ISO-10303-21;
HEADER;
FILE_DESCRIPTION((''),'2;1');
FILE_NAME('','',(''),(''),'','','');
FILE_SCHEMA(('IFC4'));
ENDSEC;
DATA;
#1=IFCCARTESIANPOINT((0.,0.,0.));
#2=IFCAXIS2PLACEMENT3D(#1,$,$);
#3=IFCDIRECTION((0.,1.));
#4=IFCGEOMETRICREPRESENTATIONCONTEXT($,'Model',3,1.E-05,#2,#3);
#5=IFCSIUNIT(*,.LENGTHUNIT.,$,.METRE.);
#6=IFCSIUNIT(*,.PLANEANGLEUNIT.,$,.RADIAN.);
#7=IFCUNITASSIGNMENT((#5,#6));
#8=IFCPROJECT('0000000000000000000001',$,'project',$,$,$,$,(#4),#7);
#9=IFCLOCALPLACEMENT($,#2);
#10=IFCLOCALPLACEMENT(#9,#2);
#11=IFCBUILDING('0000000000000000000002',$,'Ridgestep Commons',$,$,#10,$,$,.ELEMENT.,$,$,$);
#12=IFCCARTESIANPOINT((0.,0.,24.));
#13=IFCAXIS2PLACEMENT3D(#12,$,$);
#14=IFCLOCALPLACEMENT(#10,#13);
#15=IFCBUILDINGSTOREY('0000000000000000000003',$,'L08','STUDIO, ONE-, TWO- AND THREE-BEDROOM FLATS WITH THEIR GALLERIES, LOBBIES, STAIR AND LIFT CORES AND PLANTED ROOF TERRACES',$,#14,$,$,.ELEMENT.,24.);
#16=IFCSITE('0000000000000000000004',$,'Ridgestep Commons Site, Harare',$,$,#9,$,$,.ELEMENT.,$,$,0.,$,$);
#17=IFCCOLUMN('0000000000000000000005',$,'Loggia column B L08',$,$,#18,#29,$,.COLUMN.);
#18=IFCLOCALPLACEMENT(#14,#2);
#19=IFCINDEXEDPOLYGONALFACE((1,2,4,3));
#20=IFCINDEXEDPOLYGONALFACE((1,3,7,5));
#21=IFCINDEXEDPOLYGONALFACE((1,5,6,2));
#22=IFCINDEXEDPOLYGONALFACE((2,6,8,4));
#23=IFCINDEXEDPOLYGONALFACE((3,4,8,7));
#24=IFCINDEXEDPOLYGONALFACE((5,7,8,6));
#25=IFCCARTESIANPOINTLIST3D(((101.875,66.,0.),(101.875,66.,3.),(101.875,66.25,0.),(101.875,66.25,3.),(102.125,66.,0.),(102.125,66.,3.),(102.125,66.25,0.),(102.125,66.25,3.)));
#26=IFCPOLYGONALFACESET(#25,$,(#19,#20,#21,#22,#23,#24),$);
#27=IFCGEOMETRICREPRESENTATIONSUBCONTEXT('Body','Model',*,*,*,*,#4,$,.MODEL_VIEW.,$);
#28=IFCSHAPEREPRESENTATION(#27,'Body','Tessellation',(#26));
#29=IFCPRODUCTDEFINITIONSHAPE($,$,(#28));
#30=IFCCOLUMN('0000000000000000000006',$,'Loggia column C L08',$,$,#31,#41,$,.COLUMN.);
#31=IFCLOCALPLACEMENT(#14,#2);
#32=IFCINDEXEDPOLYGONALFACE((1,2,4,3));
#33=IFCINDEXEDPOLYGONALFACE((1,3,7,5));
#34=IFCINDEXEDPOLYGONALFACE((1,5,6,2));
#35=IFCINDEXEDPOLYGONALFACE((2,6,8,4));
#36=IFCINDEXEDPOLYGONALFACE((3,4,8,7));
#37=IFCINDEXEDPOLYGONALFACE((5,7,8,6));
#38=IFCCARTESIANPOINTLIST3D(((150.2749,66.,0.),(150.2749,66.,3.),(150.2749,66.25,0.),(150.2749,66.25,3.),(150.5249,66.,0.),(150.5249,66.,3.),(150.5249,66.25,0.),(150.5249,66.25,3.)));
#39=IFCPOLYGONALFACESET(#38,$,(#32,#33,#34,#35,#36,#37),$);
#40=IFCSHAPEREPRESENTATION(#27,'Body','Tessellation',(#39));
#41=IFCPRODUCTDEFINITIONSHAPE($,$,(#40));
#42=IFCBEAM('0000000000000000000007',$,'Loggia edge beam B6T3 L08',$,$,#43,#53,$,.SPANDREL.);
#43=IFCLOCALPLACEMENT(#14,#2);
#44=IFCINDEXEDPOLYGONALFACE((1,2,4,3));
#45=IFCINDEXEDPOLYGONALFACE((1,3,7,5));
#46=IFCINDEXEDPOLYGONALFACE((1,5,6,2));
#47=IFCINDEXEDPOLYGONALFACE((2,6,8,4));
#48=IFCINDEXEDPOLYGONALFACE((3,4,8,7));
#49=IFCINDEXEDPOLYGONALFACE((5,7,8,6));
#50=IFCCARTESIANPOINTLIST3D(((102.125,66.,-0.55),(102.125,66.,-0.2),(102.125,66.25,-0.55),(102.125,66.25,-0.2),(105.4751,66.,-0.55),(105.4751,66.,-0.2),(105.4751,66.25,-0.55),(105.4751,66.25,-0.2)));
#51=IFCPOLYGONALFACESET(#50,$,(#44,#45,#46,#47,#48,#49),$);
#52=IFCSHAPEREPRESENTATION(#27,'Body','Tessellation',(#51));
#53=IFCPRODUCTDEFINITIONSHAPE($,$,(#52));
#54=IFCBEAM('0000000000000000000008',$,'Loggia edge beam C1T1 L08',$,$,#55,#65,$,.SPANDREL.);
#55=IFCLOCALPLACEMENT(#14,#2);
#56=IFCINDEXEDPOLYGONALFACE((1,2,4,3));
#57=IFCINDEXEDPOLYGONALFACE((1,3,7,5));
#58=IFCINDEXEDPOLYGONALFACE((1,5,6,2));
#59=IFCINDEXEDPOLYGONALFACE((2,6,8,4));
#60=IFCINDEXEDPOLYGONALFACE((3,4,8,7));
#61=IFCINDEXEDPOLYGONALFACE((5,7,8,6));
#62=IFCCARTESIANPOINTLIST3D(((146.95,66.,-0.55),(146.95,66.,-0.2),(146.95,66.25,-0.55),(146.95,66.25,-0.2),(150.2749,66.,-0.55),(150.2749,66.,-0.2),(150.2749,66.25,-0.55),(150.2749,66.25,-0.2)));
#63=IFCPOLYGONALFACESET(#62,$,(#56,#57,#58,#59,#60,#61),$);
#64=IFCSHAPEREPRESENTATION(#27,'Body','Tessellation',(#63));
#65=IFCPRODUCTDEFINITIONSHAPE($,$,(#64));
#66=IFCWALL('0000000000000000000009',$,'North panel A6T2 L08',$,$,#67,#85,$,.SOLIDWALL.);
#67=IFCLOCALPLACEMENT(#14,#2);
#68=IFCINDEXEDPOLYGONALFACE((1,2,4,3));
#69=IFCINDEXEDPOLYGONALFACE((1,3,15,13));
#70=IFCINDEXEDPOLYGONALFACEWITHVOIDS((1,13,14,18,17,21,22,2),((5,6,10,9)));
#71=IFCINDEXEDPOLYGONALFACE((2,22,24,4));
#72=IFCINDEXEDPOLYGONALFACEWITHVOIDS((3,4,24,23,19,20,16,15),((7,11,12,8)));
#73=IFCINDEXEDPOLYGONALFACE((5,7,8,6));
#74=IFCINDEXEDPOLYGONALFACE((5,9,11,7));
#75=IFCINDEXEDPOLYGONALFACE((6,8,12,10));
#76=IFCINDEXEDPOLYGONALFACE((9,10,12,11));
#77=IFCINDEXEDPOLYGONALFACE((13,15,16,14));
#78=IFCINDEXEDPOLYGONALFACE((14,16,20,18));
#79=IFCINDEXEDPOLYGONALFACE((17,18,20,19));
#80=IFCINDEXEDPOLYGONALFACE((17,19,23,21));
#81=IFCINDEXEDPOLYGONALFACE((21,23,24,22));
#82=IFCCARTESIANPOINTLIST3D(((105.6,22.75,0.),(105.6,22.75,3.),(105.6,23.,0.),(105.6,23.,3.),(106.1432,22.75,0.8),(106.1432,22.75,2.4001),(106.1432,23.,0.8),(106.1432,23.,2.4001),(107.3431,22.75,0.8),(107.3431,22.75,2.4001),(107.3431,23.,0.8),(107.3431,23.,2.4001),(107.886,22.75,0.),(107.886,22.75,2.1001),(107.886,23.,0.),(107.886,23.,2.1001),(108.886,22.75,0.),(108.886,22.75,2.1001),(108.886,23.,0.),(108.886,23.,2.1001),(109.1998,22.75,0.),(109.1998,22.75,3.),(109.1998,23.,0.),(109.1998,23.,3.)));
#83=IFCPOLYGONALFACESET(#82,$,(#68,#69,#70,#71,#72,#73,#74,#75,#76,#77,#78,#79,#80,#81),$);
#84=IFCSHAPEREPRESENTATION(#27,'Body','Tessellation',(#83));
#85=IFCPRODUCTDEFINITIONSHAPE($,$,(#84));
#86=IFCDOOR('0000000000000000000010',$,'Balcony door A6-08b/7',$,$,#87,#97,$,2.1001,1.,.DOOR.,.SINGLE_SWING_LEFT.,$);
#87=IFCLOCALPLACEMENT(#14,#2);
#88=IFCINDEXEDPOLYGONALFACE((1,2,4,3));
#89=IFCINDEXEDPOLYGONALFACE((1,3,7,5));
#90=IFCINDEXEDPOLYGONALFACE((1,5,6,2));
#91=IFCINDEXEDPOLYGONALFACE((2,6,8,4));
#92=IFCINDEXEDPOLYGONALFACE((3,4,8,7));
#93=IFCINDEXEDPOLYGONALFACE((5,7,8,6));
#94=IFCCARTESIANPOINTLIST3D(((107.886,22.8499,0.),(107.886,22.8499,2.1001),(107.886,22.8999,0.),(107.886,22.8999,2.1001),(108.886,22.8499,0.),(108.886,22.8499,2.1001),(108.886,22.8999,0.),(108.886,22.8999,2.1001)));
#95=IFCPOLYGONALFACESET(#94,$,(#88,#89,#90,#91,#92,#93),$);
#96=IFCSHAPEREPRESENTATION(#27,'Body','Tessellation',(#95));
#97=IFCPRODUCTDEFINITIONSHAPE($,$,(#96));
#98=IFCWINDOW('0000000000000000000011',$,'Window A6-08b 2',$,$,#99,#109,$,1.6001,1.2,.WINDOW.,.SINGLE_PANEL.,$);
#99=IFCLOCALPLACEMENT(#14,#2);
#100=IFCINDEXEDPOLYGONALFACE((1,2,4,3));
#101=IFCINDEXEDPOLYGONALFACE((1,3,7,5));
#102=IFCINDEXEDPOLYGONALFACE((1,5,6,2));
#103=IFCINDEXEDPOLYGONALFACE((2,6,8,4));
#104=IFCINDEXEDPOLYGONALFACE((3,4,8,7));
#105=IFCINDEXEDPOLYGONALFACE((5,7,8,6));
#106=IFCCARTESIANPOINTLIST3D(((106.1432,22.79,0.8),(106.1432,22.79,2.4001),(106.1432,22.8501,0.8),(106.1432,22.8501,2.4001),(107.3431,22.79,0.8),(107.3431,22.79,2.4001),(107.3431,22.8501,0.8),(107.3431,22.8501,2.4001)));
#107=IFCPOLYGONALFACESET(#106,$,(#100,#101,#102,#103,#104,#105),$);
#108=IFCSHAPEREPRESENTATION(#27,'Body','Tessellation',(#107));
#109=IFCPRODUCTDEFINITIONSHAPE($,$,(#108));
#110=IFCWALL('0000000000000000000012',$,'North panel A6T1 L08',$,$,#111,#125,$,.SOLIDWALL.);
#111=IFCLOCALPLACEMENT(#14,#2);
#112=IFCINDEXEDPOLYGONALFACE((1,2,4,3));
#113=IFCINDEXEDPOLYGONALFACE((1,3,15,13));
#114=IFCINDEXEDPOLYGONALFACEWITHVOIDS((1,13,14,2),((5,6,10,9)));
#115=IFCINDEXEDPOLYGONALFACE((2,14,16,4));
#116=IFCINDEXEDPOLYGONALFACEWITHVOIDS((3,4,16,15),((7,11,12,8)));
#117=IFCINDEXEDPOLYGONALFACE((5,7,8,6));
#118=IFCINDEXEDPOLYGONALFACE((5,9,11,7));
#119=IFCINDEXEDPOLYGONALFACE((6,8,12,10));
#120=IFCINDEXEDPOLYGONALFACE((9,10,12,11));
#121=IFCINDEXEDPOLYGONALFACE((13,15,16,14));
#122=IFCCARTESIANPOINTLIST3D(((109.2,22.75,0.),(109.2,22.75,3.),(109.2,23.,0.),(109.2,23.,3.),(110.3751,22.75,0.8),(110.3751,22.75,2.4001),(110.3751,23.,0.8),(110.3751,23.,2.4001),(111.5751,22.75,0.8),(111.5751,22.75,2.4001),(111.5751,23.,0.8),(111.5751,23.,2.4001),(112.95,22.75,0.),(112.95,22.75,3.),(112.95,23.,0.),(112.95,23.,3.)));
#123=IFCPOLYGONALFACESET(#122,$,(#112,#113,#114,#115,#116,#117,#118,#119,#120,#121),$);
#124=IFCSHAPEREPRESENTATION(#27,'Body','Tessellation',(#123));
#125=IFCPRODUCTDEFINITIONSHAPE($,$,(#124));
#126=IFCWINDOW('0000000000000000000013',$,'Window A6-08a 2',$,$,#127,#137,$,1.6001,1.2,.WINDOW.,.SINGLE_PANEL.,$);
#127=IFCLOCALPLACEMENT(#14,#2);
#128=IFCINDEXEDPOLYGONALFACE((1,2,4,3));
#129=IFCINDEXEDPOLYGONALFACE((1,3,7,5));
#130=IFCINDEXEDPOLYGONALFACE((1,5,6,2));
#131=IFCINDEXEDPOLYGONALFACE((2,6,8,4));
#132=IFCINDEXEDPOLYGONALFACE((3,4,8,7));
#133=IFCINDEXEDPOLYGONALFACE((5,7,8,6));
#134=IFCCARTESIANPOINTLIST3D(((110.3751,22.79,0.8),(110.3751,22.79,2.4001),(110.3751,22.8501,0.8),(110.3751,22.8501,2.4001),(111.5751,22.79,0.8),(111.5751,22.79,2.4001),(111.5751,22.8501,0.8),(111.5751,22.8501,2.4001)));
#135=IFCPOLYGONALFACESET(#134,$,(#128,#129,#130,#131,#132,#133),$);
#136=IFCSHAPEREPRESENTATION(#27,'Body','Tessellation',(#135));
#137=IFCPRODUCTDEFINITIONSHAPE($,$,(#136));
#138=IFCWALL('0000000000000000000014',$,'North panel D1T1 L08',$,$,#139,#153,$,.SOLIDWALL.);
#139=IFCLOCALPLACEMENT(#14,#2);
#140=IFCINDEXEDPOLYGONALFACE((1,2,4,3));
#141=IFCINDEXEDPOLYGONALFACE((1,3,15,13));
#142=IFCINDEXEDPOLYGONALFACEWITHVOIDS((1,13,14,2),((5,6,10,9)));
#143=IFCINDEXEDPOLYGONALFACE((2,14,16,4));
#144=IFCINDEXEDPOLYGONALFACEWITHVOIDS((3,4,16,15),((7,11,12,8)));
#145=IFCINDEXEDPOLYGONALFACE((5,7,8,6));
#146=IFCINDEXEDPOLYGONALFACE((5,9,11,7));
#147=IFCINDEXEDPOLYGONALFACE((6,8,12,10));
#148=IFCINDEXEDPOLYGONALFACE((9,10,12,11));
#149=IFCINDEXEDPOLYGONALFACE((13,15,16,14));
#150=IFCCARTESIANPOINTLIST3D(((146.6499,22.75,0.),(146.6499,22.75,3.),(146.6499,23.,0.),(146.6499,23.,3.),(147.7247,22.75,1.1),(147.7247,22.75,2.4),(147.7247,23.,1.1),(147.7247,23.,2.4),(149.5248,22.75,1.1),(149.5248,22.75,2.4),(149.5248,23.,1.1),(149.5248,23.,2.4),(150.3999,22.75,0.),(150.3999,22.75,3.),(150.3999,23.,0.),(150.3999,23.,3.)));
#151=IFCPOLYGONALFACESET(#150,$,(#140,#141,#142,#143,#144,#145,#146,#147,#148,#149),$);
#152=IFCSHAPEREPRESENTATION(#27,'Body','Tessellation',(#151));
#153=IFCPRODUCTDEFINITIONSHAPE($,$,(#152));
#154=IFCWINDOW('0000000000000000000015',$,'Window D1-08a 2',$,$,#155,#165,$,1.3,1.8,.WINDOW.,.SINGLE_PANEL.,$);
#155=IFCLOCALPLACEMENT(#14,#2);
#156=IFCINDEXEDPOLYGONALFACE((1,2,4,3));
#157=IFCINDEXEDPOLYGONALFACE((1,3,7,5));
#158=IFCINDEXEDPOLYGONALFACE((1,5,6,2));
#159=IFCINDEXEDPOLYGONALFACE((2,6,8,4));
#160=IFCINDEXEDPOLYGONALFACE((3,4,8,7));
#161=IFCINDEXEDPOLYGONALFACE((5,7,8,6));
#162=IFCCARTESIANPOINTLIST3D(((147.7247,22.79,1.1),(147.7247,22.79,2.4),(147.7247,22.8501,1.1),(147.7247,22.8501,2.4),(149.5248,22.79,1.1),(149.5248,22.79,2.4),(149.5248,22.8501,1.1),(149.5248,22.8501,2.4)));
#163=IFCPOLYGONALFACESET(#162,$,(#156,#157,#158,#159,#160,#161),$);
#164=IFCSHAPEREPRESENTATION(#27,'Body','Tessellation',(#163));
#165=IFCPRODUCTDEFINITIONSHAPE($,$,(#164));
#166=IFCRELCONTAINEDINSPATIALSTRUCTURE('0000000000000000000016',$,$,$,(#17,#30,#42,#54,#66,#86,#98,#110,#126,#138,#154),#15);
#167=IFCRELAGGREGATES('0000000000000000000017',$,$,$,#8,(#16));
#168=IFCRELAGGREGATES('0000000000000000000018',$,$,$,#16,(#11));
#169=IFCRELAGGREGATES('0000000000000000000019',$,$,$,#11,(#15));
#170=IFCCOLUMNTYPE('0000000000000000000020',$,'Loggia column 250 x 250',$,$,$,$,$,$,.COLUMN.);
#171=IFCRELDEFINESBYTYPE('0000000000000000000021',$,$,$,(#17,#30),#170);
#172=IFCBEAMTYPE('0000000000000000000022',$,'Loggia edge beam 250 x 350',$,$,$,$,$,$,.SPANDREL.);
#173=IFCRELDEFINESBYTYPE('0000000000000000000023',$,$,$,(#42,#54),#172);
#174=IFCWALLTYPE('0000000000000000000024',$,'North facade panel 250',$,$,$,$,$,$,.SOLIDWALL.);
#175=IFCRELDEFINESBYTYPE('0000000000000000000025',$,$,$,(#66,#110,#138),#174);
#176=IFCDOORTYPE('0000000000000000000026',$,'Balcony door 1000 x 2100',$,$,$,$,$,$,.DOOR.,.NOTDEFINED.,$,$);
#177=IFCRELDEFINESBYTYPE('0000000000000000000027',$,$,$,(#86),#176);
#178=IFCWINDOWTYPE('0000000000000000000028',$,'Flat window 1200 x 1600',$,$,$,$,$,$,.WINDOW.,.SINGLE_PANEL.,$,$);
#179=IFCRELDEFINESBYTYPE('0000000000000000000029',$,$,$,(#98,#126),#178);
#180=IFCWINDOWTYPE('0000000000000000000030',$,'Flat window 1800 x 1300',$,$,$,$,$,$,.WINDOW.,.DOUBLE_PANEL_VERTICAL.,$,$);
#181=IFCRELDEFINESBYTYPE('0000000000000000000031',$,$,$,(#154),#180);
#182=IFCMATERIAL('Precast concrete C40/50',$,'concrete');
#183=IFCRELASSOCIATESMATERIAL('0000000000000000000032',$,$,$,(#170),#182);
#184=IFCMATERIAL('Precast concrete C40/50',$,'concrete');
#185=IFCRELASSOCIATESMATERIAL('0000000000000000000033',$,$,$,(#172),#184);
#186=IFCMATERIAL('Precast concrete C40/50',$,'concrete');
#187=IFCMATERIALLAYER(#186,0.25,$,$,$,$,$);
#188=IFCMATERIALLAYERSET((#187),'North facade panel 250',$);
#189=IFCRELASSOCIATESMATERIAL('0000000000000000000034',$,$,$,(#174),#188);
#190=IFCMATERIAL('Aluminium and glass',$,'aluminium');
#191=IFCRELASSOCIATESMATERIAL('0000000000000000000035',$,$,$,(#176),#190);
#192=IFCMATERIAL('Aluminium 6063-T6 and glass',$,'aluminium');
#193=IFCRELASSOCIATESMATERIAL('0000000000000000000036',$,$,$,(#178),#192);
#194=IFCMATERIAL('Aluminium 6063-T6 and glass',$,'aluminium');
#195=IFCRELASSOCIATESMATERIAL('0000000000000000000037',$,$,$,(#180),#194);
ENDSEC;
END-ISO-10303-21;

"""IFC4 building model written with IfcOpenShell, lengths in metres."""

from ifc_helpers import new_model, si_unit, direction, frame, frame_2d, origin, origin_2d, place, context, subcontext, project, spatial, rectangle, extrude, material, layer, layer_set, material_profile, profile_set, type_object, element, fill, save


model = new_model("IFC4")

# Units and contexts
model_context = context("Model", 3, precision=1e-05, world=origin(), true_north=direction((0.0, 1.0)))
body_context = subcontext(model_context, "Body", "Model", "MODEL_VIEW")
ifc_project = project(units=[si_unit("LENGTHUNIT", "METRE"), si_unit("PLANEANGLEUNIT", "RADIAN")], contexts=[model_context])

# Site, building, storey
site_placement = place(None, origin())
site = spatial("IfcSite", under=ifc_project, at=site_placement, Name="Ridgestep Commons Site, Harare", CompositionType="ELEMENT", RefElevation=0.0)
building_placement = place(site_placement, origin())
building = spatial("IfcBuilding", under=site, at=building_placement, Name="Ridgestep Commons", CompositionType="ELEMENT")
storey_placement = place(building_placement, frame((0.0, 0.0, 24.0)))
storey = spatial("IfcBuildingStorey", under=building, at=storey_placement, Name="L08", Description="STUDIO, ONE-, TWO- AND THREE-BEDROOM FLATS WITH THEIR GALLERIES, LOBBIES, STAIR AND LIFT CORES AND PLANTED ROOF TERRACES", CompositionType="ELEMENT", Elevation=24.0)

# Columns
ifc_material_1 = material(Name="Precast concrete C40/50", Category="concrete")
ifc_material_profile_1 = material_profile(ifc_material_1, rectangle(XDim=0.25, YDim=0.25, at=origin_2d()), Name="PC 250x250")
ifc_profile_set_1 = profile_set([ifc_material_profile_1], Name="Precast concrete C40/50")
column_type = type_object("IfcColumnType", Name="Loggia column 250 x 250", PredefinedType="COLUMN", material=ifc_profile_set_1)
for number, where, z_axis, x_axis, name in (
    (1, (102.0, 66.125, 0.0), (0.0, 0.0, 1.0), (1.0, 0.0, 0.0), "Loggia column B L08"),
    (2, (150.3999, 66.125, 0.0), (0.0, 0.0, 1.0), (1.0, 0.0, 0.0), "Loggia column C L08"),
):
    element("IfcColumn", number, at=place(storey_placement, frame(where, z_axis=z_axis, x_axis=x_axis)), inside=storey, type_object=column_type, Name=name, PredefinedType="COLUMN", context=body_context, shape_type="SweptSolid", body=[
        extrude(rectangle(XDim=0.25, YDim=0.25, at=origin_2d()), origin(), (0.0, 0.0, 1.0), 3.0),
    ])

# Beams
ifc_material_2 = material(Name="Precast concrete C40/50", Category="concrete")
ifc_material_profile_2 = material_profile(ifc_material_2, rectangle(XDim=0.25, YDim=0.3501, at=origin_2d()), Name="PC 250x350")
ifc_profile_set_2 = profile_set([ifc_material_profile_2], Name="Precast concrete C40/50")
beam_type = type_object("IfcBeamType", Name="Loggia edge beam 250 x 350", PredefinedType="SPANDREL", material=ifc_profile_set_2)
beam_1_placement = place(storey_placement, frame((102.125, 66.125, -0.375), z_axis=(1.0, 0.0, 0.0), x_axis=(0.0, 1.0, 0.0)))
element("IfcBeam", 3, at=beam_1_placement, inside=storey, type_object=beam_type, Name="Loggia edge beam B6T3 L08", PredefinedType="SPANDREL", context=body_context, shape_type="SweptSolid", body=[
    extrude(rectangle(XDim=0.25, YDim=0.3501, at=origin_2d()), origin(), (0.0, 0.0, 1.0), 3.3501),
])
beam_2_placement = place(storey_placement, frame((146.95, 66.125, -0.375), z_axis=(1.0, 0.0, 0.0), x_axis=(0.0, 1.0, 0.0)))
element("IfcBeam", 4, at=beam_2_placement, inside=storey, type_object=beam_type, Name="Loggia edge beam C1T1 L08", PredefinedType="SPANDREL", context=body_context, shape_type="SweptSolid", body=[
    extrude(rectangle(XDim=0.25, YDim=0.3501, at=origin_2d()), origin(), (0.0, 0.0, 1.0), 3.325),
])

# Wall, openings, door, window
ifc_material_3 = material(Name="Precast concrete C40/50", Category="concrete")
ifc_layer = layer(ifc_material_3, 0.25)
ifc_layer_set = layer_set([ifc_layer], Name="North facade panel 250")
wall_type = type_object("IfcWallType", Name="North facade panel 250", PredefinedType="SOLIDWALL", material=ifc_layer_set)
wall_1_placement = place(storey_placement, frame((105.6001, 22.875, 0.0), z_axis=(0.0, 0.0, 1.0), x_axis=(1.0, 0.0, 0.0)))
wall_1 = element("IfcWall", 5, at=wall_1_placement, inside=storey, type_object=wall_type, Name="North panel A6T2 L08", PredefinedType="SOLIDWALL", context=body_context, shape_type="SweptSolid", body=[
    extrude(rectangle(XDim=3.5999, YDim=0.25, at=frame_2d((1.7998, 0.0))), origin(), (0.0, 0.0, 1.0), 3.0),
])
opening_1_placement = place(wall_1_placement, frame((0.543, 0.0, 0.8)))
opening_1 = element("IfcOpeningElement", 6, at=opening_1_placement, cuts=wall_1, PredefinedType="OPENING", context=body_context, shape_type="SweptSolid", body=[
    extrude(rectangle(XDim=1.2, YDim=1.6001, at=frame_2d((0.6001, 0.8))), frame((0.0, 0.135, 0.0), z_axis=(0.0, -1.0, 0.0), x_axis=(1.0, 0.0, 0.0)), (0.0, 0.0, 1.0), 0.27),
])
opening_2_placement = place(wall_1_placement, frame((2.2859, 0.0, 0.0)))
opening_2 = element("IfcOpeningElement", 7, at=opening_2_placement, cuts=wall_1, PredefinedType="OPENING", context=body_context, shape_type="SweptSolid", body=[
    extrude(rectangle(XDim=1.0, YDim=2.1001, at=frame_2d((0.5, 1.05))), frame((0.0, 0.135, 0.0), z_axis=(0.0, -1.0, 0.0), x_axis=(1.0, 0.0, 0.0)), (0.0, 0.0, 1.0), 0.27),
])
ifc_material_4 = material(Name="Aluminium and glass", Category="aluminium")
door_type = type_object("IfcDoorType", Name="Balcony door 1000 x 2100", OperationType="NOTDEFINED", PredefinedType="DOOR", material=ifc_material_4)
door_placement = place(opening_2_placement, origin())
door = element("IfcDoor", 8, at=door_placement, inside=storey, type_object=door_type, Name="Balcony door A6-08b/7", OperationType="SINGLE_SWING_LEFT", OverallHeight=2.1001, OverallWidth=1.0, PredefinedType="DOOR", context=body_context, shape_type="SweptSolid", body=[
    extrude(rectangle(XDim=1.0, YDim=2.1001, at=frame_2d((0.5, 1.05))), frame((0.0, 0.0249, 0.0), z_axis=(0.0, -1.0, 0.0), x_axis=(1.0, 0.0, 0.0)), (0.0, 0.0, 1.0), 0.05),
])
fill(opening_2, door)
ifc_material_5 = material(Name="Aluminium 6063-T6 and glass", Category="aluminium")
window_type_1 = type_object("IfcWindowType", Name="Flat window 1200 x 1600", PartitioningType="SINGLE_PANEL", PredefinedType="WINDOW", material=ifc_material_5)
window_1_placement = place(opening_1_placement, origin())
window_1 = element("IfcWindow", 9, at=window_1_placement, inside=storey, type_object=window_type_1, Name="Window A6-08b 2", OverallHeight=1.6001, OverallWidth=1.2, PartitioningType="SINGLE_PANEL", PredefinedType="WINDOW", context=body_context, shape_type="SweptSolid", body=[
    extrude(rectangle(XDim=1.2, YDim=1.6001, at=frame_2d((0.6001, 0.8))), frame((0.0, -0.0249, 0.0), z_axis=(0.0, -1.0, 0.0), x_axis=(1.0, 0.0, 0.0)), (0.0, 0.0, 1.0), 0.0601),
])
fill(opening_1, window_1)

# Walls, openings, windows
wall_2_placement = place(storey_placement, frame((109.2, 22.875, 0.0), z_axis=(0.0, 0.0, 1.0), x_axis=(1.0, 0.0, 0.0)))
wall_2 = element("IfcWall", 10, at=wall_2_placement, inside=storey, type_object=wall_type, Name="North panel A6T1 L08", PredefinedType="SOLIDWALL", context=body_context, shape_type="SweptSolid", body=[
    extrude(rectangle(XDim=3.75, YDim=0.25, at=frame_2d((1.875, 0.0))), origin(), (0.0, 0.0, 1.0), 3.0),
])
opening_3_placement = place(wall_2_placement, frame((1.175, 0.0, 0.8)))
opening_3 = element("IfcOpeningElement", 11, at=opening_3_placement, cuts=wall_2, PredefinedType="OPENING", context=body_context, shape_type="SweptSolid", body=[
    extrude(rectangle(XDim=1.2, YDim=1.6001, at=frame_2d((0.6001, 0.8))), frame((0.0, 0.135, 0.0), z_axis=(0.0, -1.0, 0.0), x_axis=(1.0, 0.0, 0.0)), (0.0, 0.0, 1.0), 0.27),
])
window_2_placement = place(opening_3_placement, origin())
window_2 = element("IfcWindow", 12, at=window_2_placement, inside=storey, type_object=window_type_1, Name="Window A6-08a 2", OverallHeight=1.6001, OverallWidth=1.2, PartitioningType="SINGLE_PANEL", PredefinedType="WINDOW", context=body_context, shape_type="SweptSolid", body=[
    extrude(rectangle(XDim=1.2, YDim=1.6001, at=frame_2d((0.6001, 0.8))), frame((0.0, -0.0249, 0.0), z_axis=(0.0, -1.0, 0.0), x_axis=(1.0, 0.0, 0.0)), (0.0, 0.0, 1.0), 0.0601),
])
fill(opening_3, window_2)
wall_3_placement = place(storey_placement, frame((146.6499, 22.875, 0.0), z_axis=(0.0, 0.0, 1.0), x_axis=(1.0, 0.0, 0.0)))
wall_3 = element("IfcWall", 13, at=wall_3_placement, inside=storey, type_object=wall_type, Name="North panel D1T1 L08", PredefinedType="SOLIDWALL", context=body_context, shape_type="SweptSolid", body=[
    extrude(rectangle(XDim=3.75, YDim=0.25, at=frame_2d((1.875, 0.0))), origin(), (0.0, 0.0, 1.0), 3.0),
])
opening_4_placement = place(wall_3_placement, frame((1.075, 0.0, 1.1001)))
opening_4 = element("IfcOpeningElement", 14, at=opening_4_placement, cuts=wall_3, PredefinedType="OPENING", context=body_context, shape_type="SweptSolid", body=[
    extrude(rectangle(XDim=1.8, YDim=1.3, at=frame_2d((0.8999, 0.6499))), frame((0.0, 0.135, 0.0), z_axis=(0.0, -1.0, 0.0), x_axis=(1.0, 0.0, 0.0)), (0.0, 0.0, 1.0), 0.27),
])
ifc_material_6 = material(Name="Aluminium 6063-T6 and glass", Category="aluminium")
window_type_2 = type_object("IfcWindowType", Name="Flat window 1800 x 1300", PartitioningType="DOUBLE_PANEL_VERTICAL", PredefinedType="WINDOW", material=ifc_material_6)
window_3_placement = place(opening_4_placement, origin())
window_3 = element("IfcWindow", 15, at=window_3_placement, inside=storey, type_object=window_type_2, Name="Window D1-08a 2", OverallHeight=1.3, OverallWidth=1.8, PartitioningType="SINGLE_PANEL", PredefinedType="WINDOW", context=body_context, shape_type="SweptSolid", body=[
    extrude(rectangle(XDim=1.8, YDim=1.3, at=frame_2d((0.8999, 0.6499))), frame((0.0, -0.0249, 0.0), z_axis=(0.0, -1.0, 0.0), x_axis=(1.0, 0.0, 0.0)), (0.0, 0.0, 1.0), 0.0601),
])
fill(opening_4, window_3)

save(model, "model.ifc")
